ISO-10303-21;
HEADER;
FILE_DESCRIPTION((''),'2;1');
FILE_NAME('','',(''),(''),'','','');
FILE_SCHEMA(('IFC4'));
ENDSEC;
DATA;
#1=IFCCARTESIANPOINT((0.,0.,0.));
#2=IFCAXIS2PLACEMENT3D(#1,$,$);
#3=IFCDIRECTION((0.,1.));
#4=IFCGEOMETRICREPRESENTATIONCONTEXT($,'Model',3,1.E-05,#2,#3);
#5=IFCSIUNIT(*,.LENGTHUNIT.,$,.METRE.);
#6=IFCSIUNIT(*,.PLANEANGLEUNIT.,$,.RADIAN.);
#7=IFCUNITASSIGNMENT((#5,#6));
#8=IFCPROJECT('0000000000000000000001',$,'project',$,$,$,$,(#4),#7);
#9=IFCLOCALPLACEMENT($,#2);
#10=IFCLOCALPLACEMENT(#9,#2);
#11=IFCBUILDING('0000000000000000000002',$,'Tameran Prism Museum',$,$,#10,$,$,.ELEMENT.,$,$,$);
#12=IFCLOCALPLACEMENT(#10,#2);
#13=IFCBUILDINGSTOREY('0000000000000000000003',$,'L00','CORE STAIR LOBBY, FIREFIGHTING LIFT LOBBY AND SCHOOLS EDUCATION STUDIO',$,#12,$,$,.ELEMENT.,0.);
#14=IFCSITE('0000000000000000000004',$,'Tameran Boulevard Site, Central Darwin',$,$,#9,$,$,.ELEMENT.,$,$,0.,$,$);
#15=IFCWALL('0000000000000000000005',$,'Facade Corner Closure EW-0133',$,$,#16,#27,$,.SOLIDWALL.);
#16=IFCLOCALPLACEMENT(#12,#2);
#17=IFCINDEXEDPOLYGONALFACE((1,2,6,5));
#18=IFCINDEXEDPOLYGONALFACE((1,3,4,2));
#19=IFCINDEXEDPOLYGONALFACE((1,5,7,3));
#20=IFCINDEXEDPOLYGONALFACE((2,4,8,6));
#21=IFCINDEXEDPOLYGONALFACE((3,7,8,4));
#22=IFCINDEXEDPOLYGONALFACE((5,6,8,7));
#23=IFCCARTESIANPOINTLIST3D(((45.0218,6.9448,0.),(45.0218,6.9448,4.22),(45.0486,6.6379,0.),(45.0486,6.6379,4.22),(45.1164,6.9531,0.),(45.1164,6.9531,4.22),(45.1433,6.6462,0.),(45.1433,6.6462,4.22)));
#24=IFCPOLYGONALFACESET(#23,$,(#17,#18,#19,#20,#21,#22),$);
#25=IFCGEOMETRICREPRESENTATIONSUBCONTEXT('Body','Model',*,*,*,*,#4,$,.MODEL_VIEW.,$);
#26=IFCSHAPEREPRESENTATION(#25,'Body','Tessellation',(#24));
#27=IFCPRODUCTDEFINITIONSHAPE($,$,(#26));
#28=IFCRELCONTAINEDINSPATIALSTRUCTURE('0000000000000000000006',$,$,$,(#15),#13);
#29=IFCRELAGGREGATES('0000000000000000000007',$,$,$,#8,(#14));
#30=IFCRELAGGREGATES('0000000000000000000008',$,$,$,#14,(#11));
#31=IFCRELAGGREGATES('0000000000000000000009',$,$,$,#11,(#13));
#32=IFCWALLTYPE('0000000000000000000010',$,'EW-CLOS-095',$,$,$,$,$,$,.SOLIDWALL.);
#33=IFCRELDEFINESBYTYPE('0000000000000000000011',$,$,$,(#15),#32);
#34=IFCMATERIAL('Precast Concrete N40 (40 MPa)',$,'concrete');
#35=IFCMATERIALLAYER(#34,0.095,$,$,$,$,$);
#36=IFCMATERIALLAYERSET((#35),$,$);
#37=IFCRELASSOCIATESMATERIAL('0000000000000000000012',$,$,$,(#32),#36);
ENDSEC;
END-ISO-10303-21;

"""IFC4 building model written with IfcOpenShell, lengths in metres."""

from ifc_helpers import new_model, si_unit, direction, frame, frame_2d, origin, place, context, subcontext, project, spatial, rectangle, extrude, material, layer, layer_set, type_object, element, save


model = new_model("IFC4")

# Units and contexts
model_context = context("Model", 3, precision=1e-05, world=origin(), true_north=direction((0.0, 1.0)))
body_context = subcontext(model_context, "Body", "Model", "MODEL_VIEW")
ifc_project = project(units=[si_unit("LENGTHUNIT", "METRE"), si_unit("PLANEANGLEUNIT", "RADIAN")], contexts=[model_context])

# Site, building, storey
site_placement = place(None, origin())
site = spatial("IfcSite", under=ifc_project, at=site_placement, Name="Tameran Boulevard Site, Central Darwin", CompositionType="ELEMENT", RefElevation=0.0)
building_placement = place(site_placement, origin())
building = spatial("IfcBuilding", under=site, at=building_placement, Name="Tameran Prism Museum", CompositionType="ELEMENT")
storey_placement = place(building_placement, origin())
storey = spatial("IfcBuildingStorey", under=building, at=storey_placement, Name="L00", Description="CORE STAIR LOBBY, FIREFIGHTING LIFT LOBBY AND SCHOOLS EDUCATION STUDIO", CompositionType="ELEMENT", Elevation=0.0)

# Wall
ifc_material_1 = material(Name="Precast Concrete N40 (40 MPa)", Category="concrete")
ifc_layer_1 = layer(ifc_material_1, 0.095)
ifc_layer_set_1 = layer_set([ifc_layer_1])
wall_type = type_object("IfcWallType", Name="EW-CLOS-095", PredefinedType="SOLIDWALL", material=ifc_layer_set_1)
wall_placement = place(storey_placement, frame((45.0691, 6.949, 0.0), z_axis=(0.0, 0.0, 1.0), x_axis=(0.087177, -0.996193, 0.0)))
element("IfcWall", 1, at=wall_placement, inside=storey, type_object=wall_type, Name="Facade Corner Closure EW-0133", PredefinedType="SOLIDWALL", context=body_context, shape_type="SweptSolid", body=[
    extrude(rectangle(XDim=0.3081, YDim=0.095, at=frame_2d((0.1541, 0.0))), origin(), (0.0, 0.0, 1.0), 4.22),
])

save(model, "model.ifc")
